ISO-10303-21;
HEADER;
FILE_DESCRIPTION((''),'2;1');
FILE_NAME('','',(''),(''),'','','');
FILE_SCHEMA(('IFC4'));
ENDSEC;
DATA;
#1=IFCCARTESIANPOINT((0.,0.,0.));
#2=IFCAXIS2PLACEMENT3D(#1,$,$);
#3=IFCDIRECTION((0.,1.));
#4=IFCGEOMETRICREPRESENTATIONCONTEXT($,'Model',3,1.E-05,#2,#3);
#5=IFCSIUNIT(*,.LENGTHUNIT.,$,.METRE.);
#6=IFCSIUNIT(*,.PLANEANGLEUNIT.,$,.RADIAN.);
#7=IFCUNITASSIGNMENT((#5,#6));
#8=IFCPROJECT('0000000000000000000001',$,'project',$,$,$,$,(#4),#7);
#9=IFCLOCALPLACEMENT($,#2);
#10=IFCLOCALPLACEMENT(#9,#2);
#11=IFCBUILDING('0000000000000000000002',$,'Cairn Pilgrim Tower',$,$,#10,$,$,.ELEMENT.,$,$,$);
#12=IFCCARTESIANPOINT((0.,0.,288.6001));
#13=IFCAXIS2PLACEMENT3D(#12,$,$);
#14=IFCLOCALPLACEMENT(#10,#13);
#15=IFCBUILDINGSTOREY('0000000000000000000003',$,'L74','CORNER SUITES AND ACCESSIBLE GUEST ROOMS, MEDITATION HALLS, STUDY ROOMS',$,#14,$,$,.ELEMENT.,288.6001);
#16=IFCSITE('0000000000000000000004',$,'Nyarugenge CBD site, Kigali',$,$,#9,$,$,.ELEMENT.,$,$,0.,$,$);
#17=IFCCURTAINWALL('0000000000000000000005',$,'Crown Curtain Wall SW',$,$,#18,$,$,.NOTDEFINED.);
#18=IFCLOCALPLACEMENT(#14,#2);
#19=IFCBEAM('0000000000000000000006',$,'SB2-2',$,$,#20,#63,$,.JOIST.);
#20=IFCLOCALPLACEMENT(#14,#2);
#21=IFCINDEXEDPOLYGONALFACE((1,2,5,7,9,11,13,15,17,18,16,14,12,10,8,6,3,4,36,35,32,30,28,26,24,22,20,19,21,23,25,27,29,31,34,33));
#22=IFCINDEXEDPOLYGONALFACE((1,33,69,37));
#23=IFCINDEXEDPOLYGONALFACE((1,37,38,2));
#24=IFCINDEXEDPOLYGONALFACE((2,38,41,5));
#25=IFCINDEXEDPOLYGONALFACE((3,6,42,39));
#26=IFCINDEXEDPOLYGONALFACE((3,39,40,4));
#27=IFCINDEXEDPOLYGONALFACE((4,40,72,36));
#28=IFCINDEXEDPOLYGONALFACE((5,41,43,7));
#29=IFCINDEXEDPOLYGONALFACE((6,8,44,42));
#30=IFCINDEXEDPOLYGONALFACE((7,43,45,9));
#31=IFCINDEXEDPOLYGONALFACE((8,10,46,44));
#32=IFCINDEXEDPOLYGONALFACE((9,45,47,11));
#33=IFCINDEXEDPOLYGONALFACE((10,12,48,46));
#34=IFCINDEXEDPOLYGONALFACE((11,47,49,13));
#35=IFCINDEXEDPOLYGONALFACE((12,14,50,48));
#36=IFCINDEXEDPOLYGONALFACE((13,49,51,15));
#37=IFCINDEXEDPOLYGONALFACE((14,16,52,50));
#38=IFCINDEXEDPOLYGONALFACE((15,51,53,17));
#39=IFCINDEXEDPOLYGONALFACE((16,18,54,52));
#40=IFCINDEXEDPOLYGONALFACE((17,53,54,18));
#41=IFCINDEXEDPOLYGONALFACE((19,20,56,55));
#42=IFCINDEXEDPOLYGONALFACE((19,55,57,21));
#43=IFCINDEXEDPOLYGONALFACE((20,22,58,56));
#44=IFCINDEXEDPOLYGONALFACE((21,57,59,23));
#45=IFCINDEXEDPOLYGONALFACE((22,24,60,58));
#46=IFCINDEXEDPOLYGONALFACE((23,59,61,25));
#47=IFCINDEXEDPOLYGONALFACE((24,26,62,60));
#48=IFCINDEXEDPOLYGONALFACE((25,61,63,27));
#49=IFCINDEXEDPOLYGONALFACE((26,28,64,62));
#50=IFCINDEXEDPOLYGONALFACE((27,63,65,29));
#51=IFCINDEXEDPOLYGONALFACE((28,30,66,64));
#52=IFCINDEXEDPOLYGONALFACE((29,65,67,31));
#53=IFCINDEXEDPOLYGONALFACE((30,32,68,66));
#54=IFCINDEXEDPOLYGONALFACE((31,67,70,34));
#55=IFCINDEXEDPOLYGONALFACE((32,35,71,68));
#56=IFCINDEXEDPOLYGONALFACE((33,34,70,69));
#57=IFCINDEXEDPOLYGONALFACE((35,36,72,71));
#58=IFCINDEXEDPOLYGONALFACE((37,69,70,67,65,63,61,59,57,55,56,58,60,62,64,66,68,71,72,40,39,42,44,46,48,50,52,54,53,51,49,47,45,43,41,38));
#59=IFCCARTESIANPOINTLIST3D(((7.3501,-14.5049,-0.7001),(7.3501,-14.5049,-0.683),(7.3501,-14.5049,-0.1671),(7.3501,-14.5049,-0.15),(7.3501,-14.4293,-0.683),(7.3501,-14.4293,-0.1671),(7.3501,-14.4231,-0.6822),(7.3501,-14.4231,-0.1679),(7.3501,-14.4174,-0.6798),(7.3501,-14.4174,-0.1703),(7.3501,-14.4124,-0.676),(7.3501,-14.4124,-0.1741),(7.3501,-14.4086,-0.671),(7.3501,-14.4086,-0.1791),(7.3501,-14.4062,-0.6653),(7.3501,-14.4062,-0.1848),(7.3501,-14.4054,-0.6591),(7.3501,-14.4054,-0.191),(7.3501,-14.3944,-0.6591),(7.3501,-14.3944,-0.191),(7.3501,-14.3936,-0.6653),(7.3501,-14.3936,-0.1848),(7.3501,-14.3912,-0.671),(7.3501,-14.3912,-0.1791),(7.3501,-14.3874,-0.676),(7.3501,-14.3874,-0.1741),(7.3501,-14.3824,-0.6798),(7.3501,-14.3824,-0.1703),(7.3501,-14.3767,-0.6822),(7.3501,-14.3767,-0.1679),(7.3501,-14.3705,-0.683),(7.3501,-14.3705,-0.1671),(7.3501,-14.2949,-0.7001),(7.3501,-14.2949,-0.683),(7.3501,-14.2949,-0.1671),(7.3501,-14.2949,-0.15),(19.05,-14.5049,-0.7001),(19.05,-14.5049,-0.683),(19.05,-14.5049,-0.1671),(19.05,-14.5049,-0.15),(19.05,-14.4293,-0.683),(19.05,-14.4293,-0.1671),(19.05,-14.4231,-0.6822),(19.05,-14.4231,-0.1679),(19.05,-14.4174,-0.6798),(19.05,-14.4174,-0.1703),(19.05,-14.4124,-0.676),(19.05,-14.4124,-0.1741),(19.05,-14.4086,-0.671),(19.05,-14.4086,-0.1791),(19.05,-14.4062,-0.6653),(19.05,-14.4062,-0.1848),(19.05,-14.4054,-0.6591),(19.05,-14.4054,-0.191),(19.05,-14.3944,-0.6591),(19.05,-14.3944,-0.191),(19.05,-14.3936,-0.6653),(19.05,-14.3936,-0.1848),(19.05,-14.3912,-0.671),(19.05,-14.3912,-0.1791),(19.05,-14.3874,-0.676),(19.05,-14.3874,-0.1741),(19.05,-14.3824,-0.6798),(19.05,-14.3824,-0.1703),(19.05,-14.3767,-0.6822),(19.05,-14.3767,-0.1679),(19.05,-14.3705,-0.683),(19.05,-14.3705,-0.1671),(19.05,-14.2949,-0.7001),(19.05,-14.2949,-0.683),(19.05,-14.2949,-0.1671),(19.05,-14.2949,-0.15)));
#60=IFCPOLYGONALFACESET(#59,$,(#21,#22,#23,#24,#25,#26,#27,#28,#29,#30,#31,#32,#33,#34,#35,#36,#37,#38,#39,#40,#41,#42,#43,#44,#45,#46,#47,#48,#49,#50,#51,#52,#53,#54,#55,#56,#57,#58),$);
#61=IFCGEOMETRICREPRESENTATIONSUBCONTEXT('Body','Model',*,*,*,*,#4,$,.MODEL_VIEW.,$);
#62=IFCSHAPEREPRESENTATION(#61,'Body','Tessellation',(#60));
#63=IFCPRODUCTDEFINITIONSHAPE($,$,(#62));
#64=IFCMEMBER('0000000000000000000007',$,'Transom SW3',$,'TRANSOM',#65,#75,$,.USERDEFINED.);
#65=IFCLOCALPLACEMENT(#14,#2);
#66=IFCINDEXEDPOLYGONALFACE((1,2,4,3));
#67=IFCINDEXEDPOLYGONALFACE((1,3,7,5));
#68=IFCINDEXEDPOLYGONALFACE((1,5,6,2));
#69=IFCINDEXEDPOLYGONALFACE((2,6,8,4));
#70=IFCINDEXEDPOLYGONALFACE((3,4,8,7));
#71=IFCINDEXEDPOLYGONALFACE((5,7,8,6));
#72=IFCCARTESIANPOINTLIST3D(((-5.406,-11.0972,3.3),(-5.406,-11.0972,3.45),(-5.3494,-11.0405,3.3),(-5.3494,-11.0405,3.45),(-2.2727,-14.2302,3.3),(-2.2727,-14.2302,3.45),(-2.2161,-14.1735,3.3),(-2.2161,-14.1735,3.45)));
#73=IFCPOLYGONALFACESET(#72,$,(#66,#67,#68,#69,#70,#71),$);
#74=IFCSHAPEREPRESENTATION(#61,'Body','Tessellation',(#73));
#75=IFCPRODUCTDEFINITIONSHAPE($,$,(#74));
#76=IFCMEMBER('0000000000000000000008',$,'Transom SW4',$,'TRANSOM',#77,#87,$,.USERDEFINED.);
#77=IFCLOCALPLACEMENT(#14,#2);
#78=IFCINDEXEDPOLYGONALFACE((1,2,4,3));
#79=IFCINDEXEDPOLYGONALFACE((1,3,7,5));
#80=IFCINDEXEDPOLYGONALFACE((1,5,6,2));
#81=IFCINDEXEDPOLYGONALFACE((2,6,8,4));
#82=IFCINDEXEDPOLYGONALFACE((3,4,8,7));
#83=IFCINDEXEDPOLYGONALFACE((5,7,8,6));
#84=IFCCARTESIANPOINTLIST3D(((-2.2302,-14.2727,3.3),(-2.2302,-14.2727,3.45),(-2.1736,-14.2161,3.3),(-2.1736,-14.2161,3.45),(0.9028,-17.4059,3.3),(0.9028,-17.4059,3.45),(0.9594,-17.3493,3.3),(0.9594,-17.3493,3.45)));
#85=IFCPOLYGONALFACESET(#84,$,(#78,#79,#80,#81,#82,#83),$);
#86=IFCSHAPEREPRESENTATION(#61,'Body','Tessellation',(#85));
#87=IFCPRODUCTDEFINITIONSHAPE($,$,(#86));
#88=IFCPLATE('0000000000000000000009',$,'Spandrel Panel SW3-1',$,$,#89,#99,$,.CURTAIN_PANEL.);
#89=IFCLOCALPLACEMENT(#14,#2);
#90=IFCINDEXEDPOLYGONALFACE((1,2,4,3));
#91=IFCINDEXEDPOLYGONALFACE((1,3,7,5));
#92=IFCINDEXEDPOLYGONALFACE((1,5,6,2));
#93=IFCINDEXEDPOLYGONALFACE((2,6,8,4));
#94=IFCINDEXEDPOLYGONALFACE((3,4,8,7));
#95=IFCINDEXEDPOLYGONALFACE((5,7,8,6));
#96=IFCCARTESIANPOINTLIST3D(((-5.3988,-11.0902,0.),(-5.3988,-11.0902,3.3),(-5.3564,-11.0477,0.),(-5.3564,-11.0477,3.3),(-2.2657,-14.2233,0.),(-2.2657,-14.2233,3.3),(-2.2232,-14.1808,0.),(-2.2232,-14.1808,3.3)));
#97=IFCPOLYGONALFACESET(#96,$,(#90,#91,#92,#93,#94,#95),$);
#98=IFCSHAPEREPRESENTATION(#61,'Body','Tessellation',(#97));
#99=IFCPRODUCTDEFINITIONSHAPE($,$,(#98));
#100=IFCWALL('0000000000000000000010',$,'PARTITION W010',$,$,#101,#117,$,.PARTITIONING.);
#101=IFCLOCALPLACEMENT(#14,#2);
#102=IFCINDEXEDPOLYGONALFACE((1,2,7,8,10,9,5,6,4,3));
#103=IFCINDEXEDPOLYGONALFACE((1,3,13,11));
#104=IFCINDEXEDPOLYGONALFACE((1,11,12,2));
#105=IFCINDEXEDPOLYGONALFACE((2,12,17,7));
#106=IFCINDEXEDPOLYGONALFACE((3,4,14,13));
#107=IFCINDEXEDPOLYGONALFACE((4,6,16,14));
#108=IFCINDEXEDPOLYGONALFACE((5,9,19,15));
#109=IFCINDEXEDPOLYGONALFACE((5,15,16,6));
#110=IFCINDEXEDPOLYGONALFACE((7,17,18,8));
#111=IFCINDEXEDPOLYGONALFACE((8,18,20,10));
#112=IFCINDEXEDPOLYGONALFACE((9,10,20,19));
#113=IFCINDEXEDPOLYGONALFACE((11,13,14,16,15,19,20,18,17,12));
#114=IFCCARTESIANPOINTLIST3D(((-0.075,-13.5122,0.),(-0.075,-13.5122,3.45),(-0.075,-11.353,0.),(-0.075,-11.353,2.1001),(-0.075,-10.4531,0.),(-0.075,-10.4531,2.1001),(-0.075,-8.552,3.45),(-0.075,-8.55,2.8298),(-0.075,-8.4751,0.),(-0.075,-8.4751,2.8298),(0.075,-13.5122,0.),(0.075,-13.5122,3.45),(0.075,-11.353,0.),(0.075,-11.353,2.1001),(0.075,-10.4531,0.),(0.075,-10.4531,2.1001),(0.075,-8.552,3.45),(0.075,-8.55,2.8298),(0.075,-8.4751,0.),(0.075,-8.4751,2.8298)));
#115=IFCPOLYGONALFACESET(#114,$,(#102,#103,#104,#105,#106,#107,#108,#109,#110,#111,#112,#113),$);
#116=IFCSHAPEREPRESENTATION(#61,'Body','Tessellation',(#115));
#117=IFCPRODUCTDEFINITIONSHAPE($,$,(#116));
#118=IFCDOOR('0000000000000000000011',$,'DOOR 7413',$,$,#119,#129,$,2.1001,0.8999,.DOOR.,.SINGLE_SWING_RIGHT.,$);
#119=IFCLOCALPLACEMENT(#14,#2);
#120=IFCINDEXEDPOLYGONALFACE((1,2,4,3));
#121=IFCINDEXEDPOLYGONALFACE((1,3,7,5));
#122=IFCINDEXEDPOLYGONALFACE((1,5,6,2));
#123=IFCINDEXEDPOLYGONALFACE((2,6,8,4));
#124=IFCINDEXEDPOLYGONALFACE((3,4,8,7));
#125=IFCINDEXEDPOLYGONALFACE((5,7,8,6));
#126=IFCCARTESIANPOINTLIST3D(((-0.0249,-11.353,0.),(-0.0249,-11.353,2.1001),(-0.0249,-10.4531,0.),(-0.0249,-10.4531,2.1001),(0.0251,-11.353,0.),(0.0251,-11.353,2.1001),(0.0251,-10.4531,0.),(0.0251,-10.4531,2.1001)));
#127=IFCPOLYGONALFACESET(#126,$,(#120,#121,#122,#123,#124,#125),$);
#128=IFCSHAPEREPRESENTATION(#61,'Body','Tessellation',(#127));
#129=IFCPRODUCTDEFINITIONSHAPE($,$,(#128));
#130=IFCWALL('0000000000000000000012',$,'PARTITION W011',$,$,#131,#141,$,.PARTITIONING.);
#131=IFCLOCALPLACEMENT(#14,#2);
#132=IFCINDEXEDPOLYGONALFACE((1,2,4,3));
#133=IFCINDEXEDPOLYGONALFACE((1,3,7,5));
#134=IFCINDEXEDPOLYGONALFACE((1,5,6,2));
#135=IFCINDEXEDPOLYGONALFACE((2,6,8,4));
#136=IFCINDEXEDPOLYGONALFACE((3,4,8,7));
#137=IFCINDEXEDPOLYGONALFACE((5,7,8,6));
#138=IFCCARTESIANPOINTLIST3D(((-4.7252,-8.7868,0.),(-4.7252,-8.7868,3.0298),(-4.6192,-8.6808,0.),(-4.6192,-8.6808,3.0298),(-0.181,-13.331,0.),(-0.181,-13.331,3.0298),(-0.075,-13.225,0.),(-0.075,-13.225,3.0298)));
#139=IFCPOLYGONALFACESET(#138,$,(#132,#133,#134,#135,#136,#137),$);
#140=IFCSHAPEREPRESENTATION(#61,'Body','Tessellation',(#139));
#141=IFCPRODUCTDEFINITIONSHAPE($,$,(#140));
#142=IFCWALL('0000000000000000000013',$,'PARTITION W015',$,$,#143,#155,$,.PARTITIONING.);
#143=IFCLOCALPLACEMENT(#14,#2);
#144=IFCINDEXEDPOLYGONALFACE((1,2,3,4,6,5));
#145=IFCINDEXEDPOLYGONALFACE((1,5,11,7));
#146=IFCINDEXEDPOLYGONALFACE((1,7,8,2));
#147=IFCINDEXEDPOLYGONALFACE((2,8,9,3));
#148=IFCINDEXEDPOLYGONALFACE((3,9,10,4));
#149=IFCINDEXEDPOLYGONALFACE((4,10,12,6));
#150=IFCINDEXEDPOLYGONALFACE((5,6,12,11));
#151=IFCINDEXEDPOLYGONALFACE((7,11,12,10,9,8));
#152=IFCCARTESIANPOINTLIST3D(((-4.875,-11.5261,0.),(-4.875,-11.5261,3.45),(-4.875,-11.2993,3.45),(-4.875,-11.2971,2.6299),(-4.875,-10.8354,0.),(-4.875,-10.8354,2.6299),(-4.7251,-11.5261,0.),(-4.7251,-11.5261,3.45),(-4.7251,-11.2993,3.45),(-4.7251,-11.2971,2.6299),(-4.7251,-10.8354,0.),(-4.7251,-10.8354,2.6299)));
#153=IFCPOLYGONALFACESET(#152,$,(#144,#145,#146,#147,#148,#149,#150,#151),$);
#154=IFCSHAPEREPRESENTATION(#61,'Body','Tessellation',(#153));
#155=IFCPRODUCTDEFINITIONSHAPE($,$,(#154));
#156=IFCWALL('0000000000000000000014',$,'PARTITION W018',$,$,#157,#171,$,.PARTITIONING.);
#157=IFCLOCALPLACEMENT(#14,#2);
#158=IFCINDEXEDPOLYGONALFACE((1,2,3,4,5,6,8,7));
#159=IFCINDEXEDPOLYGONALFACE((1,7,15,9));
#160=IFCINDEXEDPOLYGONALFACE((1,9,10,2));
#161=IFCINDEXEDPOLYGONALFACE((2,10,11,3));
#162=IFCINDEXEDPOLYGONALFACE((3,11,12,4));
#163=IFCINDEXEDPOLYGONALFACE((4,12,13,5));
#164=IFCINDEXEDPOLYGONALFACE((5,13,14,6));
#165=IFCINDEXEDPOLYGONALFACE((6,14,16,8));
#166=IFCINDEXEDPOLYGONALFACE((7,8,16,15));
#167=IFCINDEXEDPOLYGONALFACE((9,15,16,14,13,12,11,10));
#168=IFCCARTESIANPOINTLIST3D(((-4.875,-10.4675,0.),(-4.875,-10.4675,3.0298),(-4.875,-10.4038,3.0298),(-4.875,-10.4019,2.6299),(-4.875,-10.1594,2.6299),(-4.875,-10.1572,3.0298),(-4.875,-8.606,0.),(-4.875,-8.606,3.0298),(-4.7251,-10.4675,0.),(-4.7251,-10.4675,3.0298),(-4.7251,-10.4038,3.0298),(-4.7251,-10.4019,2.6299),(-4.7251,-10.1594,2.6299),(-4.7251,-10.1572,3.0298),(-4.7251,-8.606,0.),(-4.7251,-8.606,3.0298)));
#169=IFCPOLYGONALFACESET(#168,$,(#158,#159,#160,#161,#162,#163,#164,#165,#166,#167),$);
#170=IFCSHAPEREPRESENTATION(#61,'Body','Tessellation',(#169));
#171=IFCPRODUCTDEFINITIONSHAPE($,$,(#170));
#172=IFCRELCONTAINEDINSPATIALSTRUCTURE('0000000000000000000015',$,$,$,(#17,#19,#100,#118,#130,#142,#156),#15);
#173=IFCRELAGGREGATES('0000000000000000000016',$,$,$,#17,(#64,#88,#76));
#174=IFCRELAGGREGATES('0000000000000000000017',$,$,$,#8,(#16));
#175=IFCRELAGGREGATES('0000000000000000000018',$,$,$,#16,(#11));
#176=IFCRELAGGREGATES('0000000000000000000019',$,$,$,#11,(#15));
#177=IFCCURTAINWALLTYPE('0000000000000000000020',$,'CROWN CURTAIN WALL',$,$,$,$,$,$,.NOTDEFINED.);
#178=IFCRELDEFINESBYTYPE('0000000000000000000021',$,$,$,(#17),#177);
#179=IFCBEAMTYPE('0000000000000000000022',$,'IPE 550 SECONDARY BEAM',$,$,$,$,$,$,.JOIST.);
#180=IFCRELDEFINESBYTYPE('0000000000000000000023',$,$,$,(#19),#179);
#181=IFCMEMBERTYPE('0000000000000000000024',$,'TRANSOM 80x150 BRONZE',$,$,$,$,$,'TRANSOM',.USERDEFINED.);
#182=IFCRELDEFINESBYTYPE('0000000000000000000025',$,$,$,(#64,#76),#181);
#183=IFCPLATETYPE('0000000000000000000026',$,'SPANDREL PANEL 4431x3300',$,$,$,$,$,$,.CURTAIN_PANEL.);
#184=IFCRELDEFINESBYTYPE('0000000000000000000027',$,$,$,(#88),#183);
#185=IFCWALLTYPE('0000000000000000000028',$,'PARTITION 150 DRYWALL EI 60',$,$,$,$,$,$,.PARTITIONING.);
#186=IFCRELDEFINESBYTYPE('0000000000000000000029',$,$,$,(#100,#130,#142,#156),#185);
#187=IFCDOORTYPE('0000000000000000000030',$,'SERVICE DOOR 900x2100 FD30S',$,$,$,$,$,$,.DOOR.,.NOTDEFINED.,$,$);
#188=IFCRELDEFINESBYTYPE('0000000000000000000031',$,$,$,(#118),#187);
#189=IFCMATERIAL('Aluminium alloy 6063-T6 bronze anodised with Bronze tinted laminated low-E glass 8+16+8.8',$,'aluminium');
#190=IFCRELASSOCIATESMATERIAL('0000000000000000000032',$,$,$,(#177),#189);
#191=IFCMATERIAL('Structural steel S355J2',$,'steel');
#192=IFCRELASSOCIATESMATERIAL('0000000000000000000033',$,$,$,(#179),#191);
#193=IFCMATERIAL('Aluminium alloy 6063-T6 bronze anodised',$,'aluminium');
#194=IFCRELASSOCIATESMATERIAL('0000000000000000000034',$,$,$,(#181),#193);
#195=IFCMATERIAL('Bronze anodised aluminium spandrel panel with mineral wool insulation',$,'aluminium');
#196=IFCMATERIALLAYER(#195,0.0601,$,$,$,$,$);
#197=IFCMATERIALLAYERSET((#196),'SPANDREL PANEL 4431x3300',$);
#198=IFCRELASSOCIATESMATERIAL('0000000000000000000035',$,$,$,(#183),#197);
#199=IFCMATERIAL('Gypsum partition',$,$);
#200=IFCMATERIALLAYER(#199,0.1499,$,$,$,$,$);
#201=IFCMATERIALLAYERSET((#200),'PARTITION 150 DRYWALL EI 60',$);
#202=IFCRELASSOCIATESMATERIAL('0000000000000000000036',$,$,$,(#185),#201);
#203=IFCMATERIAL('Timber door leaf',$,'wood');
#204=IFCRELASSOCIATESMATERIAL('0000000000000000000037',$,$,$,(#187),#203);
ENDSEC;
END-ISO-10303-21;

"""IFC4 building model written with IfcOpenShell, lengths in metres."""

from ifc_helpers import new_model, si_unit, direction, frame, frame_2d, origin, origin_2d, place, context, subcontext, project, spatial, polyline, rectangle, i_section, outline, extrude, material, layer, layer_set, material_profile, profile_set, type_object, element, fill, aggregate, save


model = new_model("IFC4")

# Units and contexts
model_context = context("Model", 3, precision=1e-05, world=origin(), true_north=direction((0.0, 1.0)))
body_context = subcontext(model_context, "Body", "Model", "MODEL_VIEW")
ifc_project = project(units=[si_unit("LENGTHUNIT", "METRE"), si_unit("PLANEANGLEUNIT", "RADIAN")], contexts=[model_context])

# Site, building, storey
site_placement = place(None, origin())
site = spatial("IfcSite", under=ifc_project, at=site_placement, Name="Nyarugenge CBD site, Kigali", CompositionType="ELEMENT", RefElevation=0.0)
building_placement = place(site_placement, origin())
building = spatial("IfcBuilding", under=site, at=building_placement, Name="Cairn Pilgrim Tower", CompositionType="ELEMENT")
storey_placement = place(building_placement, frame((0.0, 0.0, 288.6001)))
storey = spatial("IfcBuildingStorey", under=building, at=storey_placement, Name="L74", Description="CORNER SUITES AND ACCESSIBLE GUEST ROOMS, MEDITATION HALLS, STUDY ROOMS", CompositionType="ELEMENT", Elevation=288.6001)

# Shared definitions
ifc_material_1 = material(Name="Structural steel S355J2", Category="steel")

# Curtain wall
ifc_material_2 = material(Name="Aluminium alloy 6063-T6 bronze anodised with Bronze tinted laminated low-E glass 8+16+8.8", Category="aluminium")
curtain_wall_type = type_object("IfcCurtainWallType", Name="CROWN CURTAIN WALL", PredefinedType="NOTDEFINED", material=ifc_material_2)
curtain_wall_placement = place(storey_placement, origin())
curtain_wall = element("IfcCurtainWall", 1, at=curtain_wall_placement, inside=storey, type_object=curtain_wall_type, Name="Crown Curtain Wall SW", PredefinedType="NOTDEFINED")
ifc_material_3 = material(Name="Aluminium alloy 6063-T6 bronze anodised", Category="aluminium")

# Beam
ifc_material_profile_1 = material_profile(ifc_material_1, i_section(OverallWidth=0.21, OverallDepth=0.55, WebThickness=0.011, FlangeThickness=0.0171, FilletRadius=0.0239, at=origin_2d()), Name="IPE 550")
ifc_profile_set_1 = profile_set([ifc_material_profile_1], Name="Structural steel S355J2")
beam_type_1 = type_object("IfcBeamType", Name="IPE 550 SECONDARY BEAM", PredefinedType="JOIST", material=ifc_profile_set_1)
beam_1_placement = place(storey_placement, frame((7.3501, -14.3999, -0.425), z_axis=(1.0, 0.0, 0.0), x_axis=(0.0, 1.0, 0.0)))
element("IfcBeam", 2, at=beam_1_placement, inside=storey, type_object=beam_type_1, Name="SB2-2", PredefinedType="JOIST", context=body_context, shape_type="SweptSolid", body=[
    extrude(i_section(OverallWidth=0.21, OverallDepth=0.55, WebThickness=0.011, FlangeThickness=0.0171, FilletRadius=0.0239, at=origin_2d()), origin(), (0.0, 0.0, 1.0), 11.7),
])

# Members
ifc_material_profile_2 = material_profile(ifc_material_3, rectangle(XDim=0.0801, YDim=0.1499, at=origin_2d()), Name="TRANSOM 80x150 BRONZE")
ifc_profile_set_2 = profile_set([ifc_material_profile_2], Name="Aluminium alloy 6063-T6 bronze anodised")
member_type_1 = type_object("IfcMemberType", Name="TRANSOM 80x150 BRONZE", ElementType="TRANSOM", PredefinedType="USERDEFINED", material=ifc_profile_set_2)
member_1_placement = place(storey_placement, frame((-5.3777, -11.0688, 3.375), z_axis=(0.707134, -0.707079, 0.0), x_axis=(0.707079, 0.707134, 0.0)))
member_1 = element("IfcMember", 3, at=member_1_placement, type_object=member_type_1, Name="Transom SW3", ObjectType="TRANSOM", PredefinedType="USERDEFINED", context=body_context, shape_type="SweptSolid", body=[
    extrude(rectangle(XDim=0.0801, YDim=0.1499, at=origin_2d()), origin(), (0.0, 0.0, 1.0), 4.4309),
])
member_2_placement = place(storey_placement, frame((-2.2019, -14.2444, 3.375), z_axis=(0.707079, -0.707134, 0.0), x_axis=(0.707134, 0.707079, 0.0)))
member_2 = element("IfcMember", 4, at=member_2_placement, type_object=member_type_1, Name="Transom SW4", ObjectType="TRANSOM", PredefinedType="USERDEFINED", context=body_context, shape_type="SweptSolid", body=[
    extrude(rectangle(XDim=0.0801, YDim=0.1499, at=origin_2d()), origin(), (0.0, 0.0, 1.0), 4.4309),
])

# Plate
ifc_material_4 = material(Name="Bronze anodised aluminium spandrel panel with mineral wool insulation", Category="aluminium")
ifc_layer_1 = layer(ifc_material_4, 0.0601)
ifc_layer_set_1 = layer_set([ifc_layer_1], Name="SPANDREL PANEL 4431x3300")
plate_type = type_object("IfcPlateType", Name="SPANDREL PANEL 4431x3300", PredefinedType="CURTAIN_PANEL", material=ifc_layer_set_1)
plate_placement = place(storey_placement, frame((-3.811, -12.6355, 0.0), z_axis=(0.0, 0.0, 1.0), x_axis=(0.707107, -0.707107, 0.0)))
plate = element("IfcPlate", 5, at=plate_placement, type_object=plate_type, Name="Spandrel Panel SW3-1", PredefinedType="CURTAIN_PANEL", context=body_context, shape_type="SweptSolid", body=[
    extrude(rectangle(XDim=4.4309, YDim=0.0601, at=origin_2d()), origin(), (0.0, 0.0, 1.0), 3.3),
])
aggregate(curtain_wall, [member_1, plate, member_2])

# Wall, opening, door
ifc_material_5 = material(Name="Gypsum partition")
ifc_layer_2 = layer(ifc_material_5, 0.1499)
ifc_layer_set_2 = layer_set([ifc_layer_2], Name="PARTITION 150 DRYWALL EI 60")
wall_type_1 = type_object("IfcWallType", Name="PARTITION 150 DRYWALL EI 60", PredefinedType="PARTITIONING", material=ifc_layer_set_2)
wall_1_placement = place(storey_placement, frame((0.0, -13.5122, 0.0), z_axis=(0.0, 0.0, 1.0), x_axis=(0.0, 1.0, 0.0)))
wall_1 = element("IfcWall", 6, at=wall_1_placement, inside=storey, type_object=wall_type_1, Name="PARTITION W010", PredefinedType="PARTITIONING", context=body_context, shape_type="SweptSolid", body=[
    extrude(outline(polyline([(0.0, 0.0), (5.0371, 0.0), (5.0371, 2.8298), (4.9622, 2.8298), (4.9602, 3.45), (0.0, 3.45), (0.0, 0.0)])), frame((0.0, 0.075, 0.0), z_axis=(0.0, -1.0, 0.0), x_axis=(1.0, 0.0, 0.0)), (0.0, 0.0, 1.0), 0.1499),
])
opening_placement = place(wall_1_placement, frame((2.1592, 0.0, 0.0)))
opening = element("IfcOpeningElement", 7, at=opening_placement, cuts=wall_1, PredefinedType="OPENING", context=body_context, shape_type="SweptSolid", body=[
    extrude(rectangle(XDim=0.8999, YDim=2.1001, at=frame_2d((0.45, 1.05))), frame((0.0, 0.085, 0.0), z_axis=(0.0, -1.0, 0.0), x_axis=(1.0, 0.0, 0.0)), (0.0, 0.0, 1.0), 0.1699),
])
ifc_material_6 = material(Name="Timber door leaf", Category="wood")
door_type = type_object("IfcDoorType", Name="SERVICE DOOR 900x2100 FD30S", OperationType="NOTDEFINED", PredefinedType="DOOR", material=ifc_material_6)
door_placement = place(opening_placement, origin())
door = element("IfcDoor", 8, at=door_placement, inside=storey, type_object=door_type, Name="DOOR 7413", OperationType="SINGLE_SWING_RIGHT", OverallHeight=2.1001, OverallWidth=0.8999, PredefinedType="DOOR", context=body_context, shape_type="SweptSolid", body=[
    extrude(rectangle(XDim=0.8999, YDim=2.1001, at=frame_2d((0.45, 1.05))), frame((0.0, 0.0249, 0.0), z_axis=(0.0, -1.0, 0.0), x_axis=(1.0, 0.0, 0.0)), (0.0, 0.0, 1.0), 0.05),
])
fill(opening, door)

# Walls
wall_2_placement = place(storey_placement, frame((-0.1279, -13.2781, 0.0), z_axis=(0.0, 0.0, 1.0), x_axis=(-0.707107, 0.707107, 0.0)))
element("IfcWall", 9, at=wall_2_placement, inside=storey, type_object=wall_type_1, Name="PARTITION W011", PredefinedType="PARTITIONING", context=body_context, shape_type="SweptSolid", body=[
    extrude(rectangle(XDim=6.4265, YDim=0.1499, at=frame_2d((3.2134, 0.0))), origin(), (0.0, 0.0, 1.0), 3.0298),
])
wall_3_placement = place(storey_placement, frame((-4.8, -11.5261, 0.0), z_axis=(0.0, 0.0, 1.0), x_axis=(0.0, 1.0, 0.0)))
element("IfcWall", 10, at=wall_3_placement, inside=storey, type_object=wall_type_1, Name="PARTITION W015", PredefinedType="PARTITIONING", context=body_context, shape_type="SweptSolid", body=[
    extrude(outline(polyline([(0.0, 0.0), (0.6907, 0.0), (0.6907, 2.6299), (0.229, 2.6299), (0.2268, 3.45), (0.0, 3.45), (0.0, 0.0)])), frame((0.0, 0.075, 0.0), z_axis=(0.0, -1.0, 0.0), x_axis=(1.0, 0.0, 0.0)), (0.0, 0.0, 1.0), 0.1499),
])
wall_4_placement = place(storey_placement, frame((-4.8, -10.4675, 0.0), z_axis=(0.0, 0.0, 1.0), x_axis=(0.0, 1.0, 0.0)))
element("IfcWall", 11, at=wall_4_placement, inside=storey, type_object=wall_type_1, Name="PARTITION W018", PredefinedType="PARTITIONING", context=body_context, shape_type="SweptSolid", body=[
    extrude(outline(polyline([(0.0, 0.0), (1.8616, 0.0), (1.8616, 3.0298), (0.3103, 3.0298), (0.3081, 2.6299), (0.0657, 2.6299), (0.0637, 3.0298), (0.0, 3.0298), (0.0, 0.0)])), frame((0.0, 0.075, 0.0), z_axis=(0.0, -1.0, 0.0), x_axis=(1.0, 0.0, 0.0)), (0.0, 0.0, 1.0), 0.1499),
])

save(model, "model.ifc")
